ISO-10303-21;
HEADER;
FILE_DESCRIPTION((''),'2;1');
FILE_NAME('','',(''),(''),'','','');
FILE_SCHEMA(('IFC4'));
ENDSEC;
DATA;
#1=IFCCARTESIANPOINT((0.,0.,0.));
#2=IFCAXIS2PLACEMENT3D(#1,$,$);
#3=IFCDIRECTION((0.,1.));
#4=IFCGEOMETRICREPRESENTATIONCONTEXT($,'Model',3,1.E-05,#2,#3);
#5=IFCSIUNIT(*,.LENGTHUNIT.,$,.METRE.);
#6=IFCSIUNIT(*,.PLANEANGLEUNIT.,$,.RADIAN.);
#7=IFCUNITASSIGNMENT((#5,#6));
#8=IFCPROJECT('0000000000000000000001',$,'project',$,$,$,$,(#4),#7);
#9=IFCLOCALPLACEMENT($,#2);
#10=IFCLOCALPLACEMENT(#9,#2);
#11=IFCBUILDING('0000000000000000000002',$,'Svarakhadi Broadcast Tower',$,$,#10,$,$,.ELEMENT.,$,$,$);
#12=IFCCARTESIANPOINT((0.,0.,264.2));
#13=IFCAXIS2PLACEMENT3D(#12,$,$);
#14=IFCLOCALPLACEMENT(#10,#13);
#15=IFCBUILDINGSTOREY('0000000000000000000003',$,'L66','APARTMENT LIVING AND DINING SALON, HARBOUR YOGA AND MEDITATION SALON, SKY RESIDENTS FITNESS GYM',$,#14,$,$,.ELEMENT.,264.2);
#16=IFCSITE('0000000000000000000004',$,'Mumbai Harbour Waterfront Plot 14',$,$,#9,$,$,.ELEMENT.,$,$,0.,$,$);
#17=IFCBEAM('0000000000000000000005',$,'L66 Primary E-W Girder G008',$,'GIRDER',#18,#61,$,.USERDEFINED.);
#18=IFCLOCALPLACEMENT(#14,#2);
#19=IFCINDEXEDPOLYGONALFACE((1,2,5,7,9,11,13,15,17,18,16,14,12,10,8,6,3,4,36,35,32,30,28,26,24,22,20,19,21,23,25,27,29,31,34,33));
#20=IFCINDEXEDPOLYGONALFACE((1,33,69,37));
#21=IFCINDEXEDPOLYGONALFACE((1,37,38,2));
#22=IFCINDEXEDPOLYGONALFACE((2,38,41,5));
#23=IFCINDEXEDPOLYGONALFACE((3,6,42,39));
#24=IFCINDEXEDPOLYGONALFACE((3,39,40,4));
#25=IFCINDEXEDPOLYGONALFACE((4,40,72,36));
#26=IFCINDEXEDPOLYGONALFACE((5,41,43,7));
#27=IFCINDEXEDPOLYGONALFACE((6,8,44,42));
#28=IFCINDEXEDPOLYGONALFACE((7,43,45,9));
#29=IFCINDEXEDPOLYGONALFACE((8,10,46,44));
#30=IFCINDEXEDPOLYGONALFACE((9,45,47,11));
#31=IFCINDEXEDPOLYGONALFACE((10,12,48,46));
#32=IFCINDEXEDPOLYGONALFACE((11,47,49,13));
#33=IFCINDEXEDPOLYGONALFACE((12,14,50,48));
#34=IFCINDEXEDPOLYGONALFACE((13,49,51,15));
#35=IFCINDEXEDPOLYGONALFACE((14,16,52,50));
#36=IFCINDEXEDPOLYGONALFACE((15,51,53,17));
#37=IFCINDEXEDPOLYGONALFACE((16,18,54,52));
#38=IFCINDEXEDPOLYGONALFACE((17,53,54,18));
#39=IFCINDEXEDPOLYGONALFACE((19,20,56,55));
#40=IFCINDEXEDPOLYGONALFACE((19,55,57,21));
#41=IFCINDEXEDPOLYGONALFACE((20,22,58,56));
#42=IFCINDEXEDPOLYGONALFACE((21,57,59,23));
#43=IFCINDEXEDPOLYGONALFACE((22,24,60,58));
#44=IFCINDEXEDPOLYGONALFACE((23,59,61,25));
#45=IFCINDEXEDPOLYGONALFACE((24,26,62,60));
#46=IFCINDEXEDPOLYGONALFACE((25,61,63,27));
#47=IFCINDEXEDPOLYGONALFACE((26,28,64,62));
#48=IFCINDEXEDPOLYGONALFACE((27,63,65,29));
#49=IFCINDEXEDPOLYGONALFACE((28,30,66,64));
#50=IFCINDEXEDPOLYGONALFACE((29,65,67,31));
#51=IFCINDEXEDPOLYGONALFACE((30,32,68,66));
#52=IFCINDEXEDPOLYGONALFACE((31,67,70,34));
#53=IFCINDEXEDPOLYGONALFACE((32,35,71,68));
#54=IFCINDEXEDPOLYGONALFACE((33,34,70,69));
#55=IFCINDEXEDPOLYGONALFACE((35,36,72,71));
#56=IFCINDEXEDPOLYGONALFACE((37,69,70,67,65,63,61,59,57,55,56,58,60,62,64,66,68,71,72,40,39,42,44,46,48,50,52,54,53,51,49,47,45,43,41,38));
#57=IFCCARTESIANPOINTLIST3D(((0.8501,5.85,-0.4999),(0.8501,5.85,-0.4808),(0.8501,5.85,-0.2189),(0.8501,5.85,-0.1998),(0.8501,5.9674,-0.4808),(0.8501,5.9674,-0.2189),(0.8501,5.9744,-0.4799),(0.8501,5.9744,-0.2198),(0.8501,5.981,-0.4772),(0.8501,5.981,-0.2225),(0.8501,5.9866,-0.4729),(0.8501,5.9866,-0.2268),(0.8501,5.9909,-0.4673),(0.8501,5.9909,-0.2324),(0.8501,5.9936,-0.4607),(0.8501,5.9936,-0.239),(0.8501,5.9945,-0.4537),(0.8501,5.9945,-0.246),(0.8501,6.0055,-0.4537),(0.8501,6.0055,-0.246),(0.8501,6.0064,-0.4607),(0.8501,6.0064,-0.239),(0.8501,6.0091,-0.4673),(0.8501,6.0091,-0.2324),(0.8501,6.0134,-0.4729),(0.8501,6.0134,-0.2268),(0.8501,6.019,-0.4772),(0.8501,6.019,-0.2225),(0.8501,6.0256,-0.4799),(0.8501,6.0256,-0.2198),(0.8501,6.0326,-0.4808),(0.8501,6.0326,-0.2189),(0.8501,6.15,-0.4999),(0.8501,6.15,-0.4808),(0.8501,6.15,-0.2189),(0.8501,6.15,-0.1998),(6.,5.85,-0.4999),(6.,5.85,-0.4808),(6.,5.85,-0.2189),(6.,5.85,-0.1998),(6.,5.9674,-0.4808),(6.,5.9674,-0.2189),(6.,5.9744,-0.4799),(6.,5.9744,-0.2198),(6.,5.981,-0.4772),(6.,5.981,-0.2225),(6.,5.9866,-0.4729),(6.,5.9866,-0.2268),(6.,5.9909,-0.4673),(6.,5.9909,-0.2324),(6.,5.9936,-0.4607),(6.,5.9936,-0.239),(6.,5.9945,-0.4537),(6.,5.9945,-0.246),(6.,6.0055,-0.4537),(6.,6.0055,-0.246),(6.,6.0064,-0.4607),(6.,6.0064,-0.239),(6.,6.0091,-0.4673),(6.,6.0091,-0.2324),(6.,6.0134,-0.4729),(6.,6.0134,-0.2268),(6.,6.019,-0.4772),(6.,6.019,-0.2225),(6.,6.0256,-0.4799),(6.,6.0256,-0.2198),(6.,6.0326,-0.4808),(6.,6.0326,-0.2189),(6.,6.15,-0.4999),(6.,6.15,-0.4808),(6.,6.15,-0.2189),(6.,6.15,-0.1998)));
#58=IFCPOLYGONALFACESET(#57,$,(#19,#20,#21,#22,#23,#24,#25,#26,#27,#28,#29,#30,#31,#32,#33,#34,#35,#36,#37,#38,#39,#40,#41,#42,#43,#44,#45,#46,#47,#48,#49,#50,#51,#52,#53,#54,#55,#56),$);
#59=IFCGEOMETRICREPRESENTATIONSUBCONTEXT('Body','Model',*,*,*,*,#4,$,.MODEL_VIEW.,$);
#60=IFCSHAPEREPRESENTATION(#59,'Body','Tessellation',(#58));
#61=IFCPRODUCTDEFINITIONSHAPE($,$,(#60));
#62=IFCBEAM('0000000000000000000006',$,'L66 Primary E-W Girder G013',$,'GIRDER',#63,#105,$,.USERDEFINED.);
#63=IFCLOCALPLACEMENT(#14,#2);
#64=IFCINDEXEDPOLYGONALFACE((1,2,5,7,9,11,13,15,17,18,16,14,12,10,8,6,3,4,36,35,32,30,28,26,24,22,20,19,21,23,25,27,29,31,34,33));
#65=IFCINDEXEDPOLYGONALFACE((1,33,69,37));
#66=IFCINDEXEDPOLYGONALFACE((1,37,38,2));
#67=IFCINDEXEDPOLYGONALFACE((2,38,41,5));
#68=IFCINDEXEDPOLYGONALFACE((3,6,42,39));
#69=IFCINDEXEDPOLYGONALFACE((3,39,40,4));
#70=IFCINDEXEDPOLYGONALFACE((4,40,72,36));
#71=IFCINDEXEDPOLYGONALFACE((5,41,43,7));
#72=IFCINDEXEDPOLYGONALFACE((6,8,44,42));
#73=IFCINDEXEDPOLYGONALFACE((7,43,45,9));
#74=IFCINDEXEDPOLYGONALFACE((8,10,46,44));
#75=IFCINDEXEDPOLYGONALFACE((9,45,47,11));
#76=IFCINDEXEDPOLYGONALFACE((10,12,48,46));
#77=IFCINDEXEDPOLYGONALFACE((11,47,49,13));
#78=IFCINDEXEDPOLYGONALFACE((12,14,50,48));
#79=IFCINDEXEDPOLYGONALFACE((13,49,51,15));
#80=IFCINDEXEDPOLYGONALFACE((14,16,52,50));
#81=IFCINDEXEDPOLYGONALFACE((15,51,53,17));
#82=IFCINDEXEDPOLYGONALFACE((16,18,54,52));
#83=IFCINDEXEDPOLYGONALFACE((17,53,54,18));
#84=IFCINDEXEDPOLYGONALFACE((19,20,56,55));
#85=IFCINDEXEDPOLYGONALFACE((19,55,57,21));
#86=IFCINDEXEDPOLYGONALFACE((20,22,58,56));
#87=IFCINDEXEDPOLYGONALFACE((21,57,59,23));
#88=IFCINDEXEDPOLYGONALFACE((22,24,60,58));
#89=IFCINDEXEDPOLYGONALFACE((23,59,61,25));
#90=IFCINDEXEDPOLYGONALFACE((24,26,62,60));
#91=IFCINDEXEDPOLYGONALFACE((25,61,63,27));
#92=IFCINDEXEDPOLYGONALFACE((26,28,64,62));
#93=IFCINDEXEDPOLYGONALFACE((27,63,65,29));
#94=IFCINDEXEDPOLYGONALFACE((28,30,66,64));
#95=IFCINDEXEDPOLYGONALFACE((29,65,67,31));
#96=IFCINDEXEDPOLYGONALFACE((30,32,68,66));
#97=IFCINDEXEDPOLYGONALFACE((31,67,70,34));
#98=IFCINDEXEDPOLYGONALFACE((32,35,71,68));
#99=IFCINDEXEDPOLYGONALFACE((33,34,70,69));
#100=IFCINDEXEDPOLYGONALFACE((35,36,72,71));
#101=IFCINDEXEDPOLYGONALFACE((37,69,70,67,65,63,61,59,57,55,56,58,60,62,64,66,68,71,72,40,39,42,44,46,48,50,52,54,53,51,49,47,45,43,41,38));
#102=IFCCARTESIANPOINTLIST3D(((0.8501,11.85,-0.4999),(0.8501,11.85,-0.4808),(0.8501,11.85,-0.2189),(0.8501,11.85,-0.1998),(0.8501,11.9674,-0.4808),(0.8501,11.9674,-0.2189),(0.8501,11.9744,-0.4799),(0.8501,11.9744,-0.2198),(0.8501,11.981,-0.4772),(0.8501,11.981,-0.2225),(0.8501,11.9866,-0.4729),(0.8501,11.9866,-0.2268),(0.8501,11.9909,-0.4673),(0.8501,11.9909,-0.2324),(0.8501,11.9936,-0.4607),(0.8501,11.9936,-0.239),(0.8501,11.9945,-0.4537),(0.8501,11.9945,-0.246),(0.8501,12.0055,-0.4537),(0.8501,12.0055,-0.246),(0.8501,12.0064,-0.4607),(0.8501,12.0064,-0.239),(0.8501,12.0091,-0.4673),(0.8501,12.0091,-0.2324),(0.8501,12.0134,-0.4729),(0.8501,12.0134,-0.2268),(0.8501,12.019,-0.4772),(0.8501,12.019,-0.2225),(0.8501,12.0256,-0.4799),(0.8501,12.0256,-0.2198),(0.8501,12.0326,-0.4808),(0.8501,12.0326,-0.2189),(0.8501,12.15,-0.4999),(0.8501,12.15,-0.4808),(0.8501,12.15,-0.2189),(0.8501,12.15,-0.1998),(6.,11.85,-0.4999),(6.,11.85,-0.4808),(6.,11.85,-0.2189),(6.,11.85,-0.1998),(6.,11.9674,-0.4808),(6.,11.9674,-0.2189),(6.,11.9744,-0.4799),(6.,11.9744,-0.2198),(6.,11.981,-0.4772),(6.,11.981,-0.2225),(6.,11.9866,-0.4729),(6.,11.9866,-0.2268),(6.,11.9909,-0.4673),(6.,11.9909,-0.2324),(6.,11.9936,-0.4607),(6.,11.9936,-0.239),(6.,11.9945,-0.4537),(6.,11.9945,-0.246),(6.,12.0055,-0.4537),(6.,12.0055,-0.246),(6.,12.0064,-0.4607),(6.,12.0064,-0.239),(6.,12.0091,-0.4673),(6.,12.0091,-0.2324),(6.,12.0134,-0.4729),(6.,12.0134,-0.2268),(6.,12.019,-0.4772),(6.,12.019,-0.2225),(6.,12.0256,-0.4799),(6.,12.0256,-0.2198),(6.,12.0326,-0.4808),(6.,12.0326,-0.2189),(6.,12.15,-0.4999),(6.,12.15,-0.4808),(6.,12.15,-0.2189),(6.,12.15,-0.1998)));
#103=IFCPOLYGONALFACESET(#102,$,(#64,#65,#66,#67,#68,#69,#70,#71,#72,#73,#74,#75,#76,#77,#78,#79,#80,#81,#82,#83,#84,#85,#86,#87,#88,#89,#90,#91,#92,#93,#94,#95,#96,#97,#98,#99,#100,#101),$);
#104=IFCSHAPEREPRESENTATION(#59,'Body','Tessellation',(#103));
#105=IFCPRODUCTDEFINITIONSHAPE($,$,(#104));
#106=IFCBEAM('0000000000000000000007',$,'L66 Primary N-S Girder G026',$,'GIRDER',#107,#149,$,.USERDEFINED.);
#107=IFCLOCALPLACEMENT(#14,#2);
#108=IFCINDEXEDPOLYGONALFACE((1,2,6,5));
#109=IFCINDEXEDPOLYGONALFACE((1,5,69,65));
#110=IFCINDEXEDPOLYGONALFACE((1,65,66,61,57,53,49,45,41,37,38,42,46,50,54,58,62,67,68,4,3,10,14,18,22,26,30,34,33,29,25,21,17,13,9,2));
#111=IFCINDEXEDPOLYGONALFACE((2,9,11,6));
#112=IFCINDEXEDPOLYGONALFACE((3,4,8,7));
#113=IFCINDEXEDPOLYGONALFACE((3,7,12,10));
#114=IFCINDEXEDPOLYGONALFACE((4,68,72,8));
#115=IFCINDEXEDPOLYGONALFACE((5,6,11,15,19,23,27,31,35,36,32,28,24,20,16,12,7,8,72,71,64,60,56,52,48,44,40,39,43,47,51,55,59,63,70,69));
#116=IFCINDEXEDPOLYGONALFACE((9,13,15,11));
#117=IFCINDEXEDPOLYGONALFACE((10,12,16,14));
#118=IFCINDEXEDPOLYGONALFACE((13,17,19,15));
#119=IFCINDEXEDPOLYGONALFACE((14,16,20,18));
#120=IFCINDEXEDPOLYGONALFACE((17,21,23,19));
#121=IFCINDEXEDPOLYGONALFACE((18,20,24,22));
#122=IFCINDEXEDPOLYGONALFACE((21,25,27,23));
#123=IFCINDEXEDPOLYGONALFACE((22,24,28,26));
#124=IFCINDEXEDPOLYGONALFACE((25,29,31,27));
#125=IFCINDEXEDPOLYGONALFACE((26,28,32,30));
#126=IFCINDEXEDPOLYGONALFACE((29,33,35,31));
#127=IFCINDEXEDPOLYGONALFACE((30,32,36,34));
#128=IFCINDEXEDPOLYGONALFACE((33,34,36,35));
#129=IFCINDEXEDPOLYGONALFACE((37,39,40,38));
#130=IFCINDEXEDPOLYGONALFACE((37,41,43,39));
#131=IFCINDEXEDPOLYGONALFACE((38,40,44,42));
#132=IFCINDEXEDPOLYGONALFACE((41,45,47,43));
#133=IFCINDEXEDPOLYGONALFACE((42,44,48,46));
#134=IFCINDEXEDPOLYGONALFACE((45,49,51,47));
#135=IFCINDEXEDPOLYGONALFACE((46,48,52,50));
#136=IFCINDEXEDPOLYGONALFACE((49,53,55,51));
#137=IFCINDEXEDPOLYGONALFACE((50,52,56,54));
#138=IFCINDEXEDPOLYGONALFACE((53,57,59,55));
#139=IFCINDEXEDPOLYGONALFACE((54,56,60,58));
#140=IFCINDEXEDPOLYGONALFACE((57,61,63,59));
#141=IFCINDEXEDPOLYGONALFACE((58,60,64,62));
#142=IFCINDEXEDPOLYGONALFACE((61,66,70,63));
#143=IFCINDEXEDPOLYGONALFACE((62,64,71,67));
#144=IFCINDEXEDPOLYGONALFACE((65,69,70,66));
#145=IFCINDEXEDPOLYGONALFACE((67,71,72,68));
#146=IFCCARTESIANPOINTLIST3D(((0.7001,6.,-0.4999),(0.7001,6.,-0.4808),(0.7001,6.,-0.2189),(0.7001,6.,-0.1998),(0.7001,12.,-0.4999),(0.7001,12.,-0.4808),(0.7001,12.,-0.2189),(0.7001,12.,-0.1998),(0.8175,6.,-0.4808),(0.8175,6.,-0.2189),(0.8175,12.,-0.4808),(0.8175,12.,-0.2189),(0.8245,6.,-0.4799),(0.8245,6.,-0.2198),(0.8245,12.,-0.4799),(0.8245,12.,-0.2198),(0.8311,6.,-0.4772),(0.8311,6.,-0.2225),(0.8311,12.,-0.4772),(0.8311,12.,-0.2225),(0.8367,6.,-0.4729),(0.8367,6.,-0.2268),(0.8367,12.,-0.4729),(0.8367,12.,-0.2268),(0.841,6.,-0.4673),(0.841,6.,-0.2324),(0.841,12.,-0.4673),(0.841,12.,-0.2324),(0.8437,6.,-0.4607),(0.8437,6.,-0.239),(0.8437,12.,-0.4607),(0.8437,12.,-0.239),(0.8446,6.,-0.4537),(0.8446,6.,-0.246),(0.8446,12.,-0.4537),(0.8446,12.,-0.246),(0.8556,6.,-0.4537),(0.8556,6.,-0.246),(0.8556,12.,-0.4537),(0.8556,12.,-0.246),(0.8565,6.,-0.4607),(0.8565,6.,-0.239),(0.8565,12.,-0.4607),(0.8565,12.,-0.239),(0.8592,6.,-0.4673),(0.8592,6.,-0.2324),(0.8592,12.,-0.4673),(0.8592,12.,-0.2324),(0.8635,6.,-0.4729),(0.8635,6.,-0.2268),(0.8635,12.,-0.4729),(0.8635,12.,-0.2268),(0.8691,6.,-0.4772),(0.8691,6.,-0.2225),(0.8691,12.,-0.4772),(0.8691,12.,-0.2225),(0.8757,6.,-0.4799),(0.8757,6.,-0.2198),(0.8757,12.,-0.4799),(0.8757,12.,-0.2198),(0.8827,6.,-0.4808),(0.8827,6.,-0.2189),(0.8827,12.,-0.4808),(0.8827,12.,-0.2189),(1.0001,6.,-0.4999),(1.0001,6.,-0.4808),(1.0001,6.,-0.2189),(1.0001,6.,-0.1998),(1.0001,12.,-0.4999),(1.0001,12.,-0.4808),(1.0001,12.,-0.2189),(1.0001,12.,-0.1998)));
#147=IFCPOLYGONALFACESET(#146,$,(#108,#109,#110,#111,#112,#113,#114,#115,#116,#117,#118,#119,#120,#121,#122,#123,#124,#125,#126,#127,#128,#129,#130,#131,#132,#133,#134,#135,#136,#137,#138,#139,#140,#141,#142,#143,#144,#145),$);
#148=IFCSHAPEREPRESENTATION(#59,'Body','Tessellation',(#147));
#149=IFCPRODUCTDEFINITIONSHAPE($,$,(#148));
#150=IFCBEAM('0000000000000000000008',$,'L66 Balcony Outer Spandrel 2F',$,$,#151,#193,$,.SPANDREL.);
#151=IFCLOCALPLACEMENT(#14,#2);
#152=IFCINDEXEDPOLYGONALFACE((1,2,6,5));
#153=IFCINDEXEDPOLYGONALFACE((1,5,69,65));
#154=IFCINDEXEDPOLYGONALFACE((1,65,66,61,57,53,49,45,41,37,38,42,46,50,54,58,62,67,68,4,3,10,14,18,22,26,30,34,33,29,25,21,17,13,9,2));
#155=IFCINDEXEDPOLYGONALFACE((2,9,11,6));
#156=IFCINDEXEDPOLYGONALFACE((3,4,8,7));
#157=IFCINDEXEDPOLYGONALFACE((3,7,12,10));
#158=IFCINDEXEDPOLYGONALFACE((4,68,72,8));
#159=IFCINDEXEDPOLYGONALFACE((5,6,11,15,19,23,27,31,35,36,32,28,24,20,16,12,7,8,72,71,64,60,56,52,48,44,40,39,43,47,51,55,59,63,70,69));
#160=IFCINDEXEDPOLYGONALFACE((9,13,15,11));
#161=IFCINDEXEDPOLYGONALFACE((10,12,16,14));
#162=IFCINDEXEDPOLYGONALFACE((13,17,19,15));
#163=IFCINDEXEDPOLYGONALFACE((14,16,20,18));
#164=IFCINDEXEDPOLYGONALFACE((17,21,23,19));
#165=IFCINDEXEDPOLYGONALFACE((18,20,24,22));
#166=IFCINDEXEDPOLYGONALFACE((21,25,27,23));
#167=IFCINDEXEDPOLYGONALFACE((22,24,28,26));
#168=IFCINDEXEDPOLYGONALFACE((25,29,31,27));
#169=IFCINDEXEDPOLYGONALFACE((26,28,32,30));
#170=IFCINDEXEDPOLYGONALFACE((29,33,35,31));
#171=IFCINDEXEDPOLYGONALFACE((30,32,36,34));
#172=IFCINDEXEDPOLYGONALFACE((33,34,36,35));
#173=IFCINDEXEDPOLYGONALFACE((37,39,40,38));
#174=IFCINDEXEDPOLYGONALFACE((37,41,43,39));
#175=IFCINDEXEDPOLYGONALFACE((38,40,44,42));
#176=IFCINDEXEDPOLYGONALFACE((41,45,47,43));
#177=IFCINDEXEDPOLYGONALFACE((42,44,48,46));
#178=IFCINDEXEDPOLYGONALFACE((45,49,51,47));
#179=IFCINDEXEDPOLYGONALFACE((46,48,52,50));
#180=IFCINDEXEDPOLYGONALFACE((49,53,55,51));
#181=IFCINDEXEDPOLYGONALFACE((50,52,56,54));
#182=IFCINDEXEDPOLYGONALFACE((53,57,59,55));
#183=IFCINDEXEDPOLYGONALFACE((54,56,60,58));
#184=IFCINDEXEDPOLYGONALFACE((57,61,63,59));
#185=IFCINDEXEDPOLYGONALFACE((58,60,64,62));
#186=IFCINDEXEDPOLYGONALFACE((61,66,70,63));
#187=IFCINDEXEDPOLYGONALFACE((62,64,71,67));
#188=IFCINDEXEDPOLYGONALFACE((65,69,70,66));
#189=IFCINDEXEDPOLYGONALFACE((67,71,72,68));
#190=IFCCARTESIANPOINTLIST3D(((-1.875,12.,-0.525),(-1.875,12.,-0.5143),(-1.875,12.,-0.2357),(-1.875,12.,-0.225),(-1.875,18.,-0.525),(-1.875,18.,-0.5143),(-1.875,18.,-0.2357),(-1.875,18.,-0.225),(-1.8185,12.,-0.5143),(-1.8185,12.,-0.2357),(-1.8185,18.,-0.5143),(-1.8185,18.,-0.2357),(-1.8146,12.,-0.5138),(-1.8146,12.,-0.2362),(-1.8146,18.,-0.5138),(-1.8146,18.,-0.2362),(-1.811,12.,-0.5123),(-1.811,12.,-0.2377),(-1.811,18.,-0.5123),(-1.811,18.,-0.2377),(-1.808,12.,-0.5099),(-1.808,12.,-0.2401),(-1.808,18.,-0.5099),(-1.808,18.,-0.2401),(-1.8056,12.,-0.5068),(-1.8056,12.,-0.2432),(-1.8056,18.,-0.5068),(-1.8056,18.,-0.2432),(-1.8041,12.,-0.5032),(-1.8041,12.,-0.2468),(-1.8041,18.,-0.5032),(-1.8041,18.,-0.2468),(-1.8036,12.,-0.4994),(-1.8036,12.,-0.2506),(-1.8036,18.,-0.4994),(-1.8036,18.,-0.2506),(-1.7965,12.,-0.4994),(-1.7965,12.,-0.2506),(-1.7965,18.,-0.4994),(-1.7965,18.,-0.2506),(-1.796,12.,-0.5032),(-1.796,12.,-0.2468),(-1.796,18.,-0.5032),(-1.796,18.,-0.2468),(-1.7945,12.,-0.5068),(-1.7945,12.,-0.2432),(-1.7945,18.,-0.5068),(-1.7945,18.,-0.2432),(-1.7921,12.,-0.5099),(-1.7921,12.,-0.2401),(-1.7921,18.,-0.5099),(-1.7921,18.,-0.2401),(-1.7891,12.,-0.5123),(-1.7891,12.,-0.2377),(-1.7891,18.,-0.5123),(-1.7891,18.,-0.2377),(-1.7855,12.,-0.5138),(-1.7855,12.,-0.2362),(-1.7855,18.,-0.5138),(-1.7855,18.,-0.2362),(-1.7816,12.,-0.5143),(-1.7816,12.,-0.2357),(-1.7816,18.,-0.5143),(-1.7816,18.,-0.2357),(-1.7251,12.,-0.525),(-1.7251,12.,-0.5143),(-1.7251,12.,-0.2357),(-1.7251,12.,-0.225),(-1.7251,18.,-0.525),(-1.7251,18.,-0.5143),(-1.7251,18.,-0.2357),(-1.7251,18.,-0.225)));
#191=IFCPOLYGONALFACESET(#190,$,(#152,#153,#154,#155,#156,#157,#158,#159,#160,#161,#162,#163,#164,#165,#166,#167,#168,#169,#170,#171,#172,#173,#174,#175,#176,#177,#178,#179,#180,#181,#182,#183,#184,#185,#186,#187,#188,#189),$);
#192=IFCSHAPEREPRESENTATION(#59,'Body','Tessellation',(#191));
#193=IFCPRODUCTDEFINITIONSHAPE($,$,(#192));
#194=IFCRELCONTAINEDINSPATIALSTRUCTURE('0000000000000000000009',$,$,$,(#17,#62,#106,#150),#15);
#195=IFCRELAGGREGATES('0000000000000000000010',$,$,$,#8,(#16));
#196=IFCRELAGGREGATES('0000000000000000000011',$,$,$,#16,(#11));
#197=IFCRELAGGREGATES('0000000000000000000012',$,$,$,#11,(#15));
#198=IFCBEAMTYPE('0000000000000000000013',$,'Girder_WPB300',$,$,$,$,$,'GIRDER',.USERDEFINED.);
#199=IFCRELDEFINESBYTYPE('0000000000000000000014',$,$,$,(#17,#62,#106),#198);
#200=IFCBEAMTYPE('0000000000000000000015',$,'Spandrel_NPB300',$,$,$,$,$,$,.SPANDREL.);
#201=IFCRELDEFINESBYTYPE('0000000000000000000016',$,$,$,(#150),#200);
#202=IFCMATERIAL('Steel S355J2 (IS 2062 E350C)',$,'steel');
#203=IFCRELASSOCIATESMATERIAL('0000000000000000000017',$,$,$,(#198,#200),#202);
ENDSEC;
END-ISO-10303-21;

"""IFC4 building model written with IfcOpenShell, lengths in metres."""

from ifc_helpers import new_model, si_unit, direction, frame, origin, origin_2d, place, context, subcontext, project, spatial, i_section, extrude, material, material_profile, profile_set, type_object, element, save


model = new_model("IFC4")

# Units and contexts
model_context = context("Model", 3, precision=1e-05, world=origin(), true_north=direction((0.0, 1.0)))
body_context = subcontext(model_context, "Body", "Model", "MODEL_VIEW")
ifc_project = project(units=[si_unit("LENGTHUNIT", "METRE"), si_unit("PLANEANGLEUNIT", "RADIAN")], contexts=[model_context])

# Site, building, storey
site_placement = place(None, origin())
site = spatial("IfcSite", under=ifc_project, at=site_placement, Name="Mumbai Harbour Waterfront Plot 14", CompositionType="ELEMENT", RefElevation=0.0)
building_placement = place(site_placement, origin())
building = spatial("IfcBuilding", under=site, at=building_placement, Name="Svarakhadi Broadcast Tower", CompositionType="ELEMENT")
storey_placement = place(building_placement, frame((0.0, 0.0, 264.2)))
storey = spatial("IfcBuildingStorey", under=building, at=storey_placement, Name="L66", Description="APARTMENT LIVING AND DINING SALON, HARBOUR YOGA AND MEDITATION SALON, SKY RESIDENTS FITNESS GYM", CompositionType="ELEMENT", Elevation=264.2)

# Shared definitions
ifc_material_1 = material(Name="Steel S355J2 (IS 2062 E350C)", Category="steel")

# Beams
ifc_material_profile_1 = material_profile(ifc_material_1, i_section(OverallWidth=0.3, OverallDepth=0.3, WebThickness=0.011, FlangeThickness=0.019, FilletRadius=0.0271, at=origin_2d()), Name="WPB 300x300x117")
ifc_profile_set_1 = profile_set([ifc_material_profile_1], Name="Steel S355J2 (IS 2062 E350C)")
beam_type_1 = type_object("IfcBeamType", Name="Girder_WPB300", ElementType="GIRDER", PredefinedType="USERDEFINED", material=ifc_profile_set_1)
for number, where, z_axis, x_axis, name in (
    (1, (0.8501, 6.0, -0.3499), (1.0, 0.0, 0.0), (0.0, 1.0, 0.0), "L66 Primary E-W Girder G008"),
    (2, (0.8501, 12.0, -0.3499), (1.0, 0.0, 0.0), (0.0, 1.0, 0.0), "L66 Primary E-W Girder G013"),
):
    element("IfcBeam", number, at=place(storey_placement, frame(where, z_axis=z_axis, x_axis=x_axis)), inside=storey, type_object=beam_type_1, Name=name, ObjectType="GIRDER", PredefinedType="USERDEFINED", context=body_context, shape_type="SweptSolid", body=[
        extrude(i_section(OverallWidth=0.3, OverallDepth=0.3, WebThickness=0.011, FlangeThickness=0.019, FilletRadius=0.0271, at=origin_2d()), origin(), (0.0, 0.0, 1.0), 5.1499),
    ])
beam_1_placement = place(storey_placement, frame((0.8501, 6.0, -0.3499), z_axis=(0.0, 1.0, 0.0), x_axis=(-1.0, 0.0, 0.0)))
element("IfcBeam", 3, at=beam_1_placement, inside=storey, type_object=beam_type_1, Name="L66 Primary N-S Girder G026", ObjectType="GIRDER", PredefinedType="USERDEFINED", context=body_context, shape_type="SweptSolid", body=[
    extrude(i_section(OverallWidth=0.3, OverallDepth=0.3, WebThickness=0.011, FlangeThickness=0.019, FilletRadius=0.0271, at=origin_2d()), origin(), (0.0, 0.0, 1.0), 6.0),
])
ifc_material_profile_2 = material_profile(ifc_material_1, i_section(OverallWidth=0.1499, OverallDepth=0.3, WebThickness=0.0071, FlangeThickness=0.0107, FilletRadius=0.0149, at=origin_2d()), Name="NPB 300x150x37")
ifc_profile_set_2 = profile_set([ifc_material_profile_2], Name="Steel S355J2 (IS 2062 E350C)")
beam_type_2 = type_object("IfcBeamType", Name="Spandrel_NPB300", PredefinedType="SPANDREL", material=ifc_profile_set_2)
beam_2_placement = place(storey_placement, frame((-1.8, 12.0, -0.375), z_axis=(0.0, 1.0, 0.0), x_axis=(-1.0, 0.0, 0.0)))
element("IfcBeam", 4, at=beam_2_placement, inside=storey, type_object=beam_type_2, Name="L66 Balcony Outer Spandrel 2F", PredefinedType="SPANDREL", context=body_context, shape_type="SweptSolid", body=[
    extrude(i_section(OverallWidth=0.1499, OverallDepth=0.3, WebThickness=0.0071, FlangeThickness=0.0107, FilletRadius=0.0149, at=origin_2d()), origin(), (0.0, 0.0, 1.0), 6.0),
])

save(model, "model.ifc")
